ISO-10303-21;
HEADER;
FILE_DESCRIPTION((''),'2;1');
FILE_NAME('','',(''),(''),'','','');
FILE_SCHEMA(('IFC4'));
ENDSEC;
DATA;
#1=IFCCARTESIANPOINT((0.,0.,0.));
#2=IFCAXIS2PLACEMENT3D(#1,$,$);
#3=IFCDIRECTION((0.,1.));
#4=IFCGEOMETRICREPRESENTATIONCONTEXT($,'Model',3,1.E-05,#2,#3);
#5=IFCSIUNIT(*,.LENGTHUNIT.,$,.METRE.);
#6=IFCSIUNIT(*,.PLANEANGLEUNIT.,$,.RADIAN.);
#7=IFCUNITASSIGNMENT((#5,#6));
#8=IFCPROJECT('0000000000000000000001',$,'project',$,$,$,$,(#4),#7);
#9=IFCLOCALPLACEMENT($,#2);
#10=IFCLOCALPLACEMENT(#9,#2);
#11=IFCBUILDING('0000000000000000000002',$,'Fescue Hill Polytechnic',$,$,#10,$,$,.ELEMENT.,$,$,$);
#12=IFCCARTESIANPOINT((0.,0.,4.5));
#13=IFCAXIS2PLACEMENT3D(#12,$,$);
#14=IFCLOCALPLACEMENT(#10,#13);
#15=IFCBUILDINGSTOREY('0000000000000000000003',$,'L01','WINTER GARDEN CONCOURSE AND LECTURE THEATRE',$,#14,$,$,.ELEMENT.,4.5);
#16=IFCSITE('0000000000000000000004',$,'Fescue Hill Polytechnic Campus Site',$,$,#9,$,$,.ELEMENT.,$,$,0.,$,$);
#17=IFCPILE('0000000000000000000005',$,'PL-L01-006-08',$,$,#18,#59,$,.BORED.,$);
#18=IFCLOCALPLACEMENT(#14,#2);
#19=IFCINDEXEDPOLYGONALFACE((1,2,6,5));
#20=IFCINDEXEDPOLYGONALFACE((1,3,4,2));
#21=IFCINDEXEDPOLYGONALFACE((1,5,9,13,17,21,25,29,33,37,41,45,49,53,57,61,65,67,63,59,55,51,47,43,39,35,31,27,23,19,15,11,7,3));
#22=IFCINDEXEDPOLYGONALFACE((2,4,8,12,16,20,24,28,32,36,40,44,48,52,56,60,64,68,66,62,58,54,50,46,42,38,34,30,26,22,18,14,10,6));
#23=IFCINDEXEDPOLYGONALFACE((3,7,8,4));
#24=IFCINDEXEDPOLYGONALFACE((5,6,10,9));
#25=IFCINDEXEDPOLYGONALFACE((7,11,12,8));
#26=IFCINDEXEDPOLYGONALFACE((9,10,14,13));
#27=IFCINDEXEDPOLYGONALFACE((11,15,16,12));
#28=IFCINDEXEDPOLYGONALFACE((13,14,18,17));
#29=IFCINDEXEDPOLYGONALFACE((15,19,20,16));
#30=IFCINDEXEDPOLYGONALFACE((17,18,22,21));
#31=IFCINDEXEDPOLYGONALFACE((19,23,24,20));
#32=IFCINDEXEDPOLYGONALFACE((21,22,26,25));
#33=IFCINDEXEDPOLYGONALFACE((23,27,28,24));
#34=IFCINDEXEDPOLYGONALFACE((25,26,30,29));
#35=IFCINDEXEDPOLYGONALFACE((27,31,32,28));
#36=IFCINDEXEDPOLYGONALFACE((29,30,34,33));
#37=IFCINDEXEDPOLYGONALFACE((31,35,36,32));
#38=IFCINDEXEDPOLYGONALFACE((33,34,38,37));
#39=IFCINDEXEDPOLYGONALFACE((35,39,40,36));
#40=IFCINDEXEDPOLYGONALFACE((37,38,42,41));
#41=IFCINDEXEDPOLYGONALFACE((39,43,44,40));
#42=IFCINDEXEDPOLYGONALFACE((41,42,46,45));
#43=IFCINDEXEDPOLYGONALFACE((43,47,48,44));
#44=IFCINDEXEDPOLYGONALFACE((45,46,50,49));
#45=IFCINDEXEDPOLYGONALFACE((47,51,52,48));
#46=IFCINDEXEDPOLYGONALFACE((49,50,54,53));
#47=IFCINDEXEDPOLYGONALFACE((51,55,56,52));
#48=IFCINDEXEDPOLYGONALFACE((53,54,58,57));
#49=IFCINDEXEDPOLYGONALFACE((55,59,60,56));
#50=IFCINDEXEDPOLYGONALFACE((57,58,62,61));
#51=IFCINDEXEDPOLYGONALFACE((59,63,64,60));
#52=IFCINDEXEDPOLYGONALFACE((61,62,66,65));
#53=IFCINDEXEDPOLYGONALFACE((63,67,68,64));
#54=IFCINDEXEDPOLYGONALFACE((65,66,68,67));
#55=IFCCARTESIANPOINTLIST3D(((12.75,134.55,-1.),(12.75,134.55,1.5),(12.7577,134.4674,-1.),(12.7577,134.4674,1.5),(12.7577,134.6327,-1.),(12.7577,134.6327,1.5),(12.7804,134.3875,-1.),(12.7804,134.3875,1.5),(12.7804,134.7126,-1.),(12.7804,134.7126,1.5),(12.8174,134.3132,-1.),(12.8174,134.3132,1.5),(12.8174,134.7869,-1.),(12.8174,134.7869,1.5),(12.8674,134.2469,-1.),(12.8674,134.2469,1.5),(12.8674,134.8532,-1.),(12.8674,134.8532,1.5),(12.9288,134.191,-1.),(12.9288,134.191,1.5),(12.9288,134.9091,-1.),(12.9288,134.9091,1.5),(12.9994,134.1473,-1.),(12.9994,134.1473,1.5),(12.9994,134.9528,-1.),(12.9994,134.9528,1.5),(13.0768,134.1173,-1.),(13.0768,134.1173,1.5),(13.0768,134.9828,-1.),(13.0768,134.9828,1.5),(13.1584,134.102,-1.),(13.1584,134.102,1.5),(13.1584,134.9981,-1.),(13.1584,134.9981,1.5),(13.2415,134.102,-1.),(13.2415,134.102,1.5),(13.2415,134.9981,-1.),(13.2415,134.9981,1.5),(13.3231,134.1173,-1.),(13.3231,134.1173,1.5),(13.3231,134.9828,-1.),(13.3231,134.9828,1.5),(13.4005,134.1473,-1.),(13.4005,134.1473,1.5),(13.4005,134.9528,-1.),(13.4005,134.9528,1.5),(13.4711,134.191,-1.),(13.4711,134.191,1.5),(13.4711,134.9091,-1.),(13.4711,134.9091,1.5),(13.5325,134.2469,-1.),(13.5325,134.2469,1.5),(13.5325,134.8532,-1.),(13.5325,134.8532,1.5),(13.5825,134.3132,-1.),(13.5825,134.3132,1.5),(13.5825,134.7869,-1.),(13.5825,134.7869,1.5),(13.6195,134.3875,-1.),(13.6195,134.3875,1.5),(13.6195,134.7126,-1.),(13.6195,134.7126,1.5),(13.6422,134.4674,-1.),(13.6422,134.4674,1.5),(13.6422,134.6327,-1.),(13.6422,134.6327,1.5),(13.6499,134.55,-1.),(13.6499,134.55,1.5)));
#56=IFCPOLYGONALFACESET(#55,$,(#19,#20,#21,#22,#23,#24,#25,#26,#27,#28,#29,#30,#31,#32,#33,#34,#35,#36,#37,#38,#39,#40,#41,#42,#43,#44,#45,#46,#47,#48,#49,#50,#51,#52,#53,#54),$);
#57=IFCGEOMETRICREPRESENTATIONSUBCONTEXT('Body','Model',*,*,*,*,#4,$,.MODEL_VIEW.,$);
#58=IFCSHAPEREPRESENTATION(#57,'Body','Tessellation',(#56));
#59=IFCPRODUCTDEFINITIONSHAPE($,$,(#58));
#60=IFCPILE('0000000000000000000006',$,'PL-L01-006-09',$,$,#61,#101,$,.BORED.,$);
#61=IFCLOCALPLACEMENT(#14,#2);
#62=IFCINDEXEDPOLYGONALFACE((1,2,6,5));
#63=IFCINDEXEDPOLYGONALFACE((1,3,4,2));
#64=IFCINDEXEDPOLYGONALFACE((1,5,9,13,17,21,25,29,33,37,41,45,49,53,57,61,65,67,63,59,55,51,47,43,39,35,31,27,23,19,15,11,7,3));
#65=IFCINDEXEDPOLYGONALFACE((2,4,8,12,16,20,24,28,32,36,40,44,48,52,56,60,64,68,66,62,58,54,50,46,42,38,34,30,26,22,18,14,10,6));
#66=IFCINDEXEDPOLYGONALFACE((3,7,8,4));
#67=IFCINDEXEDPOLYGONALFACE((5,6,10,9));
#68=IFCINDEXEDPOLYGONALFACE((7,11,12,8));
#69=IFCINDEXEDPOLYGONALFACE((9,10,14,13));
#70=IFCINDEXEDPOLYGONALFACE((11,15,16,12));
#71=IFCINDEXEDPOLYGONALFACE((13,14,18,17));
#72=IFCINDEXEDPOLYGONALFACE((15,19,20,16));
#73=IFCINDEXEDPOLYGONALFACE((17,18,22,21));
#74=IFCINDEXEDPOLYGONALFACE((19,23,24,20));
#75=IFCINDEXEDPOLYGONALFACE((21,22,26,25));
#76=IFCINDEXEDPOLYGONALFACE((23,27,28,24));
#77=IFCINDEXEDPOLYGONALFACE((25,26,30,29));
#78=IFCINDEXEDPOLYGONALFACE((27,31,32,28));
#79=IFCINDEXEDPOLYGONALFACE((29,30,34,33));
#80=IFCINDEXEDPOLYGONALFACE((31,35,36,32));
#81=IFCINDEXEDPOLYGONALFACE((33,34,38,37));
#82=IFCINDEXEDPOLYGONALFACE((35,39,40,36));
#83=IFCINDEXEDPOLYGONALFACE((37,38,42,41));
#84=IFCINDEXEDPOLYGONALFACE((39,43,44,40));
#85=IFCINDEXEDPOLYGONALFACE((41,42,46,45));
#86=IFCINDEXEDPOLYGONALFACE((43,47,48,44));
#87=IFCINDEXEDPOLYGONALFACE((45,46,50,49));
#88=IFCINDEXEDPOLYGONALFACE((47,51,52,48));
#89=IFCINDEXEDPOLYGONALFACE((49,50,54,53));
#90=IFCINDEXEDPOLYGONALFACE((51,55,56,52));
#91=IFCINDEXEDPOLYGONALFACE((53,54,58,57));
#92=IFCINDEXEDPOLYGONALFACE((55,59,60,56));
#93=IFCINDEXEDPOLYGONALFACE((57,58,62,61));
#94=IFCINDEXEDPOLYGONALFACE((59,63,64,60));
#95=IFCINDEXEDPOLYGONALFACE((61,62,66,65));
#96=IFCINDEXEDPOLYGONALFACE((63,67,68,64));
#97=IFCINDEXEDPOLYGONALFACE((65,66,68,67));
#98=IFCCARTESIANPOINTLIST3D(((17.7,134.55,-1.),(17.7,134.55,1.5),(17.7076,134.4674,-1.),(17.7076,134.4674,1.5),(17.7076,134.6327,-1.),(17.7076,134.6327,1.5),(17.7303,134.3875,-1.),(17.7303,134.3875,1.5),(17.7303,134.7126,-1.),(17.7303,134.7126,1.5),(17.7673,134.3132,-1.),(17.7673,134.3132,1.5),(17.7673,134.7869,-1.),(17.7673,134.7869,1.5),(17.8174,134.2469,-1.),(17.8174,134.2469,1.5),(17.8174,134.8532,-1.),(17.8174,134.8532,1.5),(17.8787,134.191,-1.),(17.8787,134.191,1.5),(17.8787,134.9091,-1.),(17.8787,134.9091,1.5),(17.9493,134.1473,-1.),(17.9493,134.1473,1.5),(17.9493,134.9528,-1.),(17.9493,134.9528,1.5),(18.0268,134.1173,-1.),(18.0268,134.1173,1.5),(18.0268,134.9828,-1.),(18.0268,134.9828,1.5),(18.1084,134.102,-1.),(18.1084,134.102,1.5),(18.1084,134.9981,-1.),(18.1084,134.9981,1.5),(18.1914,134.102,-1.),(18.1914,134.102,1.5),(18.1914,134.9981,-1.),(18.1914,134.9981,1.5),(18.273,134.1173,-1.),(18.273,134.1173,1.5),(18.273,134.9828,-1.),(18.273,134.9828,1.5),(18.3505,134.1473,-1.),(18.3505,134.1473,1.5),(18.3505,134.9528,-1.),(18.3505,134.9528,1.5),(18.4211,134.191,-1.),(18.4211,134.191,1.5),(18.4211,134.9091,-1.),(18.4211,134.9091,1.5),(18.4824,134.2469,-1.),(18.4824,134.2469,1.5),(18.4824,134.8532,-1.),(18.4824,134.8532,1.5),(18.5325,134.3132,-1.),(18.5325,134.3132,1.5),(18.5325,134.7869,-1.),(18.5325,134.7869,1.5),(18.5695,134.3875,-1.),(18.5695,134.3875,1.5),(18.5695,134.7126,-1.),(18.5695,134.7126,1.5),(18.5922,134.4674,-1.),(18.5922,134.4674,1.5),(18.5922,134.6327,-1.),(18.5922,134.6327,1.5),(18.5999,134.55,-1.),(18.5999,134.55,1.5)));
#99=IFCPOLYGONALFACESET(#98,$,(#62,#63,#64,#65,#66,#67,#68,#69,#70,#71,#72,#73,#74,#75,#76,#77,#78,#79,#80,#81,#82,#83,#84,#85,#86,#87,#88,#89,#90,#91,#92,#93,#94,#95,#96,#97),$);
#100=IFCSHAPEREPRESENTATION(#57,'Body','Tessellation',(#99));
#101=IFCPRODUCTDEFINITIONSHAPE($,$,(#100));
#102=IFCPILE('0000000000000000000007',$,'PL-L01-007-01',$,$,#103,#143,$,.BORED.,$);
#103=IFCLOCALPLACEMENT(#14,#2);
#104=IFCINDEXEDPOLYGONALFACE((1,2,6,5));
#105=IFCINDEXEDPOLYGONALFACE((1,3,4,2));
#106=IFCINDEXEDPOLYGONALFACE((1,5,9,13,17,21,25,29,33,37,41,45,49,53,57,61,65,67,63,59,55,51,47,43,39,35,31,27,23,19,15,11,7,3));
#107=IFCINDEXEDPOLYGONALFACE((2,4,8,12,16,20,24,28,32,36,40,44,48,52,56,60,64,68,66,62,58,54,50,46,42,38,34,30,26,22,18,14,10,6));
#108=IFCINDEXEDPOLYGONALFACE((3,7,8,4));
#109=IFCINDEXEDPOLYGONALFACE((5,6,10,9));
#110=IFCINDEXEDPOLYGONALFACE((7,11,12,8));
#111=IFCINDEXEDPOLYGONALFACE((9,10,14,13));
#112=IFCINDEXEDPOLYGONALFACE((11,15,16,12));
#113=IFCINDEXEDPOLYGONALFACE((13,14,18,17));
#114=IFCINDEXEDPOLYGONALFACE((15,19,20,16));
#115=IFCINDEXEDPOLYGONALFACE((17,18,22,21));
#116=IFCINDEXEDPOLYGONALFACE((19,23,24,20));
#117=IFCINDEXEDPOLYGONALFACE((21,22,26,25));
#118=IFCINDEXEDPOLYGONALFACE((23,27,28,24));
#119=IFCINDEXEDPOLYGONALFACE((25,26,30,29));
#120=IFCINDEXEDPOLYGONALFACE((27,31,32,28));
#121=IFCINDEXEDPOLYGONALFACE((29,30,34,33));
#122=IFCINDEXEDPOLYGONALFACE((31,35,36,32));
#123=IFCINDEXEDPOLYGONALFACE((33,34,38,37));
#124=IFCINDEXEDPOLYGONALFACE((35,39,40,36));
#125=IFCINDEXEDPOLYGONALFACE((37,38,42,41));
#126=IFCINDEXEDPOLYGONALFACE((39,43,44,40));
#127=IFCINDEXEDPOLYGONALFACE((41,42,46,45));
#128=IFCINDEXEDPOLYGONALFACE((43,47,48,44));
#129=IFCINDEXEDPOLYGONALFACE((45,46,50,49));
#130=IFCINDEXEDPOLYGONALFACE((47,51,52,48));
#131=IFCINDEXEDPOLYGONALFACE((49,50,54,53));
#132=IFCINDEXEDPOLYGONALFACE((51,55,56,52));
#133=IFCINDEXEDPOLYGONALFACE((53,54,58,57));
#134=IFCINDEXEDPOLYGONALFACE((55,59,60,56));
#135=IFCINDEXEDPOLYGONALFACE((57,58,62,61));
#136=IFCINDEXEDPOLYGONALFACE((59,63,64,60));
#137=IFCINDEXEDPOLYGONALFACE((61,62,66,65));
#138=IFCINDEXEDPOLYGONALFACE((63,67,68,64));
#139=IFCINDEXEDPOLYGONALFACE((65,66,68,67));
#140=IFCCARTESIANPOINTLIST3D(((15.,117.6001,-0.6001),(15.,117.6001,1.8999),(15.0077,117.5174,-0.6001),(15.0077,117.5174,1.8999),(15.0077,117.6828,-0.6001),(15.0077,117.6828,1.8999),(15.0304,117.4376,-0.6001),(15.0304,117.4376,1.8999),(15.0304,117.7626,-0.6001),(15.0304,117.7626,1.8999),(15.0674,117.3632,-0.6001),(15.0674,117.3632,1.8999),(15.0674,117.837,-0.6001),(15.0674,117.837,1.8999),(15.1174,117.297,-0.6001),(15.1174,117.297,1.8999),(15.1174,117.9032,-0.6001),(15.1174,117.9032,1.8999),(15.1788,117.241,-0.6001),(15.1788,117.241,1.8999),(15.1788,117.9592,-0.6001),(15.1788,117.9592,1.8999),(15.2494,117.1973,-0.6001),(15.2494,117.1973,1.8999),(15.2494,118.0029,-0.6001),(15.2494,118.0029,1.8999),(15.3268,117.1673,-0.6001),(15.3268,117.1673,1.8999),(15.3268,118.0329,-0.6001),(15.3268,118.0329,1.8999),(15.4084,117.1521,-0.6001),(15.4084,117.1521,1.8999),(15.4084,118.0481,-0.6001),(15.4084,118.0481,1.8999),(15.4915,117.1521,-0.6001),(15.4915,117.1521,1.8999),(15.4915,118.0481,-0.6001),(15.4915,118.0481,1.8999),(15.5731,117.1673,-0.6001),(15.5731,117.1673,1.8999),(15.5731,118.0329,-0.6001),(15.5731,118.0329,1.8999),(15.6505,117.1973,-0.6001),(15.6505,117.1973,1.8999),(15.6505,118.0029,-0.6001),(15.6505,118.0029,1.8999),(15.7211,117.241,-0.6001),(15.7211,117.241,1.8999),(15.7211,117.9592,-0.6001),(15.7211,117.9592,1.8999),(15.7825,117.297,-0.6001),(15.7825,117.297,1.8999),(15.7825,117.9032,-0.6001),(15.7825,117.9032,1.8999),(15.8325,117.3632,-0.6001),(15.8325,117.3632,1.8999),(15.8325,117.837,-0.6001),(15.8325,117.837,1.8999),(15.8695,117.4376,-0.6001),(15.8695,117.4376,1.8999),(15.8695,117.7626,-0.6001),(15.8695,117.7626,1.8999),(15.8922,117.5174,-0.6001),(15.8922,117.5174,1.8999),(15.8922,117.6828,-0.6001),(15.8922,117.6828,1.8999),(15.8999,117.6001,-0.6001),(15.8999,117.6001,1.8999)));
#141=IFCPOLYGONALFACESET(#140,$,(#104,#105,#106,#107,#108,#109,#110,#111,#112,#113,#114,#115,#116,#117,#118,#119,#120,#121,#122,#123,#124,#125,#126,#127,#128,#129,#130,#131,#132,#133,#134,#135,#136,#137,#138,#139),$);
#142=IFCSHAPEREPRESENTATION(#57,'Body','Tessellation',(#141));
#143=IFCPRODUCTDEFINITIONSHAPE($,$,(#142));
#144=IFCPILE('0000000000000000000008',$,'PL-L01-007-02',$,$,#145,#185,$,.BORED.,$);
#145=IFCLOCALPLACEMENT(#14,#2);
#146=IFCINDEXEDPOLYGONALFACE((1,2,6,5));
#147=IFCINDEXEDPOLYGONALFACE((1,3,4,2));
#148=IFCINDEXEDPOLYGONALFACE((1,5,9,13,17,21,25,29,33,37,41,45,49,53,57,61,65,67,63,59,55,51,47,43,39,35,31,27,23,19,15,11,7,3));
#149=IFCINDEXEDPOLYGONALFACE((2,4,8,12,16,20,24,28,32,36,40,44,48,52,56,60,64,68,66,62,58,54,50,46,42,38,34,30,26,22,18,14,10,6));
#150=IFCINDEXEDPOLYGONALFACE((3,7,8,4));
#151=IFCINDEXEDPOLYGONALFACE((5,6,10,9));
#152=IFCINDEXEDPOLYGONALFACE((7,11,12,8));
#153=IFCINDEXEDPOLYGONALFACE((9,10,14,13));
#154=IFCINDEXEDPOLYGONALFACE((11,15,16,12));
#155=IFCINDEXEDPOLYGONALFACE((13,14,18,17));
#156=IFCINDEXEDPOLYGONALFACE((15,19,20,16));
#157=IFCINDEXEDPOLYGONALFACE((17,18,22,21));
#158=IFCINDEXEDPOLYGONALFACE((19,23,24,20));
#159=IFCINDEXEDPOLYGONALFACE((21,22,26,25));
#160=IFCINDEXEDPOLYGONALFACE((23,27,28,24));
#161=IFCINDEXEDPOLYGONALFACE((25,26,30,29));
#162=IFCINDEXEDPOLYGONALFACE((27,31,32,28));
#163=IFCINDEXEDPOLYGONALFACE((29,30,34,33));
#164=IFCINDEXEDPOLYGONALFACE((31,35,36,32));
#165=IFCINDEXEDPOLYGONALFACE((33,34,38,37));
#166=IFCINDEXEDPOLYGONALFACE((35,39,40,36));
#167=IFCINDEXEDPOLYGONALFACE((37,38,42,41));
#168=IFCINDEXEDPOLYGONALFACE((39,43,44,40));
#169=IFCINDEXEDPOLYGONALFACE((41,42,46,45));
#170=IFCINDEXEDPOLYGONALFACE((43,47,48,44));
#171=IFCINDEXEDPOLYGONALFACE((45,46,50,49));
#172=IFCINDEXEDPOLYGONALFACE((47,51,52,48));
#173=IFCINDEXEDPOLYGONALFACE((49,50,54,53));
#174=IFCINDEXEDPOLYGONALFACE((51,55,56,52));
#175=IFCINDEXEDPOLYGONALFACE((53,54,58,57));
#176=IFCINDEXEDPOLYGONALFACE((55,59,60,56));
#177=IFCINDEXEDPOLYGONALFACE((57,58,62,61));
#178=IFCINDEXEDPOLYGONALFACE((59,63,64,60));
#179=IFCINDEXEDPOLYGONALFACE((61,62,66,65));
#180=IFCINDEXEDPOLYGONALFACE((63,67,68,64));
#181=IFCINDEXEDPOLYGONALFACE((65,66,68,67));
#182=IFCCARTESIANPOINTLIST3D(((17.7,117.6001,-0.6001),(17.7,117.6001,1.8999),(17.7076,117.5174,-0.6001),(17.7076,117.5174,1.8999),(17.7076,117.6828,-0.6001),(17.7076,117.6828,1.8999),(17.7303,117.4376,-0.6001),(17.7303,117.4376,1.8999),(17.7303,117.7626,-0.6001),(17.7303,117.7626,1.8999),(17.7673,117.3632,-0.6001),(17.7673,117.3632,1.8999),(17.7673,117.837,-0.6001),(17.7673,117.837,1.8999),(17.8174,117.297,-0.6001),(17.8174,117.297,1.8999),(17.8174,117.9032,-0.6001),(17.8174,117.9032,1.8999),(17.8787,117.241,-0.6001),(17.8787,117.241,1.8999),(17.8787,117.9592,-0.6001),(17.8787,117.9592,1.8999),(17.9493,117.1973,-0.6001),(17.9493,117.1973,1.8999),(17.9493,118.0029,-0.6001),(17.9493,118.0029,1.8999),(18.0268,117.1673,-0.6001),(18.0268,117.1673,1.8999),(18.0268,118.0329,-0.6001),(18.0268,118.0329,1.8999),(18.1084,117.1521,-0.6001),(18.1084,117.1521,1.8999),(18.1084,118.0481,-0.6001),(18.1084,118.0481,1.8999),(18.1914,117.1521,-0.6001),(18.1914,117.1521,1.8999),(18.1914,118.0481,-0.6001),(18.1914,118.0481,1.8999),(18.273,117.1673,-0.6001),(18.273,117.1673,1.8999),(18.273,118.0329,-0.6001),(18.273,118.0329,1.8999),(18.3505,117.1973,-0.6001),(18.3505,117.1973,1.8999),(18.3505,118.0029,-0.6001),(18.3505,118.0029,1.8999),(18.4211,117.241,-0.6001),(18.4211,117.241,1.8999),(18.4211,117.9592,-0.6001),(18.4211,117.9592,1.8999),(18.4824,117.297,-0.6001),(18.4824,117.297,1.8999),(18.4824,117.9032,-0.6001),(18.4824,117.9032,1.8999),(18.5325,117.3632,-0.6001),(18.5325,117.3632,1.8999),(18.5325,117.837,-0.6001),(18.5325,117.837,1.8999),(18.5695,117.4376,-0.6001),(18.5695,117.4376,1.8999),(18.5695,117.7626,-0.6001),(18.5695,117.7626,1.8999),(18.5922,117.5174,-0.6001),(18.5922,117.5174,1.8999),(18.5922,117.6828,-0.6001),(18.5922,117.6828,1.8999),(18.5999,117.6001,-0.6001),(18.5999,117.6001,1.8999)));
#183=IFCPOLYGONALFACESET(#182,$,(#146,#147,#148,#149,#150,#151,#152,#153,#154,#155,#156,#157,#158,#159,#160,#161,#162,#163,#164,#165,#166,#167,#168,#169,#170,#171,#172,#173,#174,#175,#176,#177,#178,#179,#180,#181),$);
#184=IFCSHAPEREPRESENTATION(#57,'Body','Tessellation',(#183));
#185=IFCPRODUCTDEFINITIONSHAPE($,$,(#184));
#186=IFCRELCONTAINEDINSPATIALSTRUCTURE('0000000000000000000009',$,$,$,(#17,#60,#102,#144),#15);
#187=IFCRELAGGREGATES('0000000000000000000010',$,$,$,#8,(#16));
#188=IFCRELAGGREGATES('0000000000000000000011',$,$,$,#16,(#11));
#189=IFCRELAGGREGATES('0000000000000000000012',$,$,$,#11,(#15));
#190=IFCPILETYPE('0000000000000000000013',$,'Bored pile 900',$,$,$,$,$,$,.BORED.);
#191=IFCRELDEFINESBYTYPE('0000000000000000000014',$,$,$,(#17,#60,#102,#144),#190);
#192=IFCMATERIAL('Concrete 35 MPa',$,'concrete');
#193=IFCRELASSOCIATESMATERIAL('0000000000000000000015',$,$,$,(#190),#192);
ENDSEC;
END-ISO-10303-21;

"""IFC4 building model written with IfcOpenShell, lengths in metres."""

from ifc_helpers import new_model, si_unit, direction, frame, origin, origin_2d, place, context, subcontext, project, spatial, circle, extrude, material, material_profile, profile_set, type_object, element, save


model = new_model("IFC4")

# Units and contexts
model_context = context("Model", 3, precision=1e-05, world=origin(), true_north=direction((0.0, 1.0)))
body_context = subcontext(model_context, "Body", "Model", "MODEL_VIEW")
ifc_project = project(units=[si_unit("LENGTHUNIT", "METRE"), si_unit("PLANEANGLEUNIT", "RADIAN")], contexts=[model_context])

# Site, building, storey
site_placement = place(None, origin())
site = spatial("IfcSite", under=ifc_project, at=site_placement, Name="Fescue Hill Polytechnic Campus Site", CompositionType="ELEMENT", RefElevation=0.0)
building_placement = place(site_placement, origin())
building = spatial("IfcBuilding", under=site, at=building_placement, Name="Fescue Hill Polytechnic", CompositionType="ELEMENT")
storey_placement = place(building_placement, frame((0.0, 0.0, 4.5)))
storey = spatial("IfcBuildingStorey", under=building, at=storey_placement, Name="L01", Description="WINTER GARDEN CONCOURSE AND LECTURE THEATRE", CompositionType="ELEMENT", Elevation=4.5)

# Piles
ifc_material_1 = material(Name="Concrete 35 MPa", Category="concrete")
ifc_material_profile_1 = material_profile(ifc_material_1, circle(Radius=0.45, at=origin_2d()), Name="Bored pile 900")
ifc_profile_set_1 = profile_set([ifc_material_profile_1], Name="Concrete 35 MPa")
pile_type = type_object("IfcPileType", Name="Bored pile 900", PredefinedType="BORED", material=ifc_profile_set_1)
for number, where, z_axis, x_axis, name in (
    (1, (13.2, 134.55, 1.5), (0.0, 0.0, -1.0), (1.0, 0.0, 0.0), "PL-L01-006-08"),
    (2, (18.1499, 134.55, 1.5), (0.0, 0.0, -1.0), (1.0, 0.0, 0.0), "PL-L01-006-09"),
    (3, (15.45, 117.6001, 1.8999), (0.0, 0.0, -1.0), (1.0, 0.0, 0.0), "PL-L01-007-01"),
    (4, (18.1499, 117.6001, 1.8999), (0.0, 0.0, -1.0), (1.0, 0.0, 0.0), "PL-L01-007-02"),
):
    element("IfcPile", number, at=place(storey_placement, frame(where, z_axis=z_axis, x_axis=x_axis)), inside=storey, type_object=pile_type, Name=name, PredefinedType="BORED", context=body_context, shape_type="SweptSolid", body=[
        extrude(circle(Radius=0.45, at=origin_2d()), origin(), (0.0, 0.0, 1.0), 2.5),
    ])

save(model, "model.ifc")
